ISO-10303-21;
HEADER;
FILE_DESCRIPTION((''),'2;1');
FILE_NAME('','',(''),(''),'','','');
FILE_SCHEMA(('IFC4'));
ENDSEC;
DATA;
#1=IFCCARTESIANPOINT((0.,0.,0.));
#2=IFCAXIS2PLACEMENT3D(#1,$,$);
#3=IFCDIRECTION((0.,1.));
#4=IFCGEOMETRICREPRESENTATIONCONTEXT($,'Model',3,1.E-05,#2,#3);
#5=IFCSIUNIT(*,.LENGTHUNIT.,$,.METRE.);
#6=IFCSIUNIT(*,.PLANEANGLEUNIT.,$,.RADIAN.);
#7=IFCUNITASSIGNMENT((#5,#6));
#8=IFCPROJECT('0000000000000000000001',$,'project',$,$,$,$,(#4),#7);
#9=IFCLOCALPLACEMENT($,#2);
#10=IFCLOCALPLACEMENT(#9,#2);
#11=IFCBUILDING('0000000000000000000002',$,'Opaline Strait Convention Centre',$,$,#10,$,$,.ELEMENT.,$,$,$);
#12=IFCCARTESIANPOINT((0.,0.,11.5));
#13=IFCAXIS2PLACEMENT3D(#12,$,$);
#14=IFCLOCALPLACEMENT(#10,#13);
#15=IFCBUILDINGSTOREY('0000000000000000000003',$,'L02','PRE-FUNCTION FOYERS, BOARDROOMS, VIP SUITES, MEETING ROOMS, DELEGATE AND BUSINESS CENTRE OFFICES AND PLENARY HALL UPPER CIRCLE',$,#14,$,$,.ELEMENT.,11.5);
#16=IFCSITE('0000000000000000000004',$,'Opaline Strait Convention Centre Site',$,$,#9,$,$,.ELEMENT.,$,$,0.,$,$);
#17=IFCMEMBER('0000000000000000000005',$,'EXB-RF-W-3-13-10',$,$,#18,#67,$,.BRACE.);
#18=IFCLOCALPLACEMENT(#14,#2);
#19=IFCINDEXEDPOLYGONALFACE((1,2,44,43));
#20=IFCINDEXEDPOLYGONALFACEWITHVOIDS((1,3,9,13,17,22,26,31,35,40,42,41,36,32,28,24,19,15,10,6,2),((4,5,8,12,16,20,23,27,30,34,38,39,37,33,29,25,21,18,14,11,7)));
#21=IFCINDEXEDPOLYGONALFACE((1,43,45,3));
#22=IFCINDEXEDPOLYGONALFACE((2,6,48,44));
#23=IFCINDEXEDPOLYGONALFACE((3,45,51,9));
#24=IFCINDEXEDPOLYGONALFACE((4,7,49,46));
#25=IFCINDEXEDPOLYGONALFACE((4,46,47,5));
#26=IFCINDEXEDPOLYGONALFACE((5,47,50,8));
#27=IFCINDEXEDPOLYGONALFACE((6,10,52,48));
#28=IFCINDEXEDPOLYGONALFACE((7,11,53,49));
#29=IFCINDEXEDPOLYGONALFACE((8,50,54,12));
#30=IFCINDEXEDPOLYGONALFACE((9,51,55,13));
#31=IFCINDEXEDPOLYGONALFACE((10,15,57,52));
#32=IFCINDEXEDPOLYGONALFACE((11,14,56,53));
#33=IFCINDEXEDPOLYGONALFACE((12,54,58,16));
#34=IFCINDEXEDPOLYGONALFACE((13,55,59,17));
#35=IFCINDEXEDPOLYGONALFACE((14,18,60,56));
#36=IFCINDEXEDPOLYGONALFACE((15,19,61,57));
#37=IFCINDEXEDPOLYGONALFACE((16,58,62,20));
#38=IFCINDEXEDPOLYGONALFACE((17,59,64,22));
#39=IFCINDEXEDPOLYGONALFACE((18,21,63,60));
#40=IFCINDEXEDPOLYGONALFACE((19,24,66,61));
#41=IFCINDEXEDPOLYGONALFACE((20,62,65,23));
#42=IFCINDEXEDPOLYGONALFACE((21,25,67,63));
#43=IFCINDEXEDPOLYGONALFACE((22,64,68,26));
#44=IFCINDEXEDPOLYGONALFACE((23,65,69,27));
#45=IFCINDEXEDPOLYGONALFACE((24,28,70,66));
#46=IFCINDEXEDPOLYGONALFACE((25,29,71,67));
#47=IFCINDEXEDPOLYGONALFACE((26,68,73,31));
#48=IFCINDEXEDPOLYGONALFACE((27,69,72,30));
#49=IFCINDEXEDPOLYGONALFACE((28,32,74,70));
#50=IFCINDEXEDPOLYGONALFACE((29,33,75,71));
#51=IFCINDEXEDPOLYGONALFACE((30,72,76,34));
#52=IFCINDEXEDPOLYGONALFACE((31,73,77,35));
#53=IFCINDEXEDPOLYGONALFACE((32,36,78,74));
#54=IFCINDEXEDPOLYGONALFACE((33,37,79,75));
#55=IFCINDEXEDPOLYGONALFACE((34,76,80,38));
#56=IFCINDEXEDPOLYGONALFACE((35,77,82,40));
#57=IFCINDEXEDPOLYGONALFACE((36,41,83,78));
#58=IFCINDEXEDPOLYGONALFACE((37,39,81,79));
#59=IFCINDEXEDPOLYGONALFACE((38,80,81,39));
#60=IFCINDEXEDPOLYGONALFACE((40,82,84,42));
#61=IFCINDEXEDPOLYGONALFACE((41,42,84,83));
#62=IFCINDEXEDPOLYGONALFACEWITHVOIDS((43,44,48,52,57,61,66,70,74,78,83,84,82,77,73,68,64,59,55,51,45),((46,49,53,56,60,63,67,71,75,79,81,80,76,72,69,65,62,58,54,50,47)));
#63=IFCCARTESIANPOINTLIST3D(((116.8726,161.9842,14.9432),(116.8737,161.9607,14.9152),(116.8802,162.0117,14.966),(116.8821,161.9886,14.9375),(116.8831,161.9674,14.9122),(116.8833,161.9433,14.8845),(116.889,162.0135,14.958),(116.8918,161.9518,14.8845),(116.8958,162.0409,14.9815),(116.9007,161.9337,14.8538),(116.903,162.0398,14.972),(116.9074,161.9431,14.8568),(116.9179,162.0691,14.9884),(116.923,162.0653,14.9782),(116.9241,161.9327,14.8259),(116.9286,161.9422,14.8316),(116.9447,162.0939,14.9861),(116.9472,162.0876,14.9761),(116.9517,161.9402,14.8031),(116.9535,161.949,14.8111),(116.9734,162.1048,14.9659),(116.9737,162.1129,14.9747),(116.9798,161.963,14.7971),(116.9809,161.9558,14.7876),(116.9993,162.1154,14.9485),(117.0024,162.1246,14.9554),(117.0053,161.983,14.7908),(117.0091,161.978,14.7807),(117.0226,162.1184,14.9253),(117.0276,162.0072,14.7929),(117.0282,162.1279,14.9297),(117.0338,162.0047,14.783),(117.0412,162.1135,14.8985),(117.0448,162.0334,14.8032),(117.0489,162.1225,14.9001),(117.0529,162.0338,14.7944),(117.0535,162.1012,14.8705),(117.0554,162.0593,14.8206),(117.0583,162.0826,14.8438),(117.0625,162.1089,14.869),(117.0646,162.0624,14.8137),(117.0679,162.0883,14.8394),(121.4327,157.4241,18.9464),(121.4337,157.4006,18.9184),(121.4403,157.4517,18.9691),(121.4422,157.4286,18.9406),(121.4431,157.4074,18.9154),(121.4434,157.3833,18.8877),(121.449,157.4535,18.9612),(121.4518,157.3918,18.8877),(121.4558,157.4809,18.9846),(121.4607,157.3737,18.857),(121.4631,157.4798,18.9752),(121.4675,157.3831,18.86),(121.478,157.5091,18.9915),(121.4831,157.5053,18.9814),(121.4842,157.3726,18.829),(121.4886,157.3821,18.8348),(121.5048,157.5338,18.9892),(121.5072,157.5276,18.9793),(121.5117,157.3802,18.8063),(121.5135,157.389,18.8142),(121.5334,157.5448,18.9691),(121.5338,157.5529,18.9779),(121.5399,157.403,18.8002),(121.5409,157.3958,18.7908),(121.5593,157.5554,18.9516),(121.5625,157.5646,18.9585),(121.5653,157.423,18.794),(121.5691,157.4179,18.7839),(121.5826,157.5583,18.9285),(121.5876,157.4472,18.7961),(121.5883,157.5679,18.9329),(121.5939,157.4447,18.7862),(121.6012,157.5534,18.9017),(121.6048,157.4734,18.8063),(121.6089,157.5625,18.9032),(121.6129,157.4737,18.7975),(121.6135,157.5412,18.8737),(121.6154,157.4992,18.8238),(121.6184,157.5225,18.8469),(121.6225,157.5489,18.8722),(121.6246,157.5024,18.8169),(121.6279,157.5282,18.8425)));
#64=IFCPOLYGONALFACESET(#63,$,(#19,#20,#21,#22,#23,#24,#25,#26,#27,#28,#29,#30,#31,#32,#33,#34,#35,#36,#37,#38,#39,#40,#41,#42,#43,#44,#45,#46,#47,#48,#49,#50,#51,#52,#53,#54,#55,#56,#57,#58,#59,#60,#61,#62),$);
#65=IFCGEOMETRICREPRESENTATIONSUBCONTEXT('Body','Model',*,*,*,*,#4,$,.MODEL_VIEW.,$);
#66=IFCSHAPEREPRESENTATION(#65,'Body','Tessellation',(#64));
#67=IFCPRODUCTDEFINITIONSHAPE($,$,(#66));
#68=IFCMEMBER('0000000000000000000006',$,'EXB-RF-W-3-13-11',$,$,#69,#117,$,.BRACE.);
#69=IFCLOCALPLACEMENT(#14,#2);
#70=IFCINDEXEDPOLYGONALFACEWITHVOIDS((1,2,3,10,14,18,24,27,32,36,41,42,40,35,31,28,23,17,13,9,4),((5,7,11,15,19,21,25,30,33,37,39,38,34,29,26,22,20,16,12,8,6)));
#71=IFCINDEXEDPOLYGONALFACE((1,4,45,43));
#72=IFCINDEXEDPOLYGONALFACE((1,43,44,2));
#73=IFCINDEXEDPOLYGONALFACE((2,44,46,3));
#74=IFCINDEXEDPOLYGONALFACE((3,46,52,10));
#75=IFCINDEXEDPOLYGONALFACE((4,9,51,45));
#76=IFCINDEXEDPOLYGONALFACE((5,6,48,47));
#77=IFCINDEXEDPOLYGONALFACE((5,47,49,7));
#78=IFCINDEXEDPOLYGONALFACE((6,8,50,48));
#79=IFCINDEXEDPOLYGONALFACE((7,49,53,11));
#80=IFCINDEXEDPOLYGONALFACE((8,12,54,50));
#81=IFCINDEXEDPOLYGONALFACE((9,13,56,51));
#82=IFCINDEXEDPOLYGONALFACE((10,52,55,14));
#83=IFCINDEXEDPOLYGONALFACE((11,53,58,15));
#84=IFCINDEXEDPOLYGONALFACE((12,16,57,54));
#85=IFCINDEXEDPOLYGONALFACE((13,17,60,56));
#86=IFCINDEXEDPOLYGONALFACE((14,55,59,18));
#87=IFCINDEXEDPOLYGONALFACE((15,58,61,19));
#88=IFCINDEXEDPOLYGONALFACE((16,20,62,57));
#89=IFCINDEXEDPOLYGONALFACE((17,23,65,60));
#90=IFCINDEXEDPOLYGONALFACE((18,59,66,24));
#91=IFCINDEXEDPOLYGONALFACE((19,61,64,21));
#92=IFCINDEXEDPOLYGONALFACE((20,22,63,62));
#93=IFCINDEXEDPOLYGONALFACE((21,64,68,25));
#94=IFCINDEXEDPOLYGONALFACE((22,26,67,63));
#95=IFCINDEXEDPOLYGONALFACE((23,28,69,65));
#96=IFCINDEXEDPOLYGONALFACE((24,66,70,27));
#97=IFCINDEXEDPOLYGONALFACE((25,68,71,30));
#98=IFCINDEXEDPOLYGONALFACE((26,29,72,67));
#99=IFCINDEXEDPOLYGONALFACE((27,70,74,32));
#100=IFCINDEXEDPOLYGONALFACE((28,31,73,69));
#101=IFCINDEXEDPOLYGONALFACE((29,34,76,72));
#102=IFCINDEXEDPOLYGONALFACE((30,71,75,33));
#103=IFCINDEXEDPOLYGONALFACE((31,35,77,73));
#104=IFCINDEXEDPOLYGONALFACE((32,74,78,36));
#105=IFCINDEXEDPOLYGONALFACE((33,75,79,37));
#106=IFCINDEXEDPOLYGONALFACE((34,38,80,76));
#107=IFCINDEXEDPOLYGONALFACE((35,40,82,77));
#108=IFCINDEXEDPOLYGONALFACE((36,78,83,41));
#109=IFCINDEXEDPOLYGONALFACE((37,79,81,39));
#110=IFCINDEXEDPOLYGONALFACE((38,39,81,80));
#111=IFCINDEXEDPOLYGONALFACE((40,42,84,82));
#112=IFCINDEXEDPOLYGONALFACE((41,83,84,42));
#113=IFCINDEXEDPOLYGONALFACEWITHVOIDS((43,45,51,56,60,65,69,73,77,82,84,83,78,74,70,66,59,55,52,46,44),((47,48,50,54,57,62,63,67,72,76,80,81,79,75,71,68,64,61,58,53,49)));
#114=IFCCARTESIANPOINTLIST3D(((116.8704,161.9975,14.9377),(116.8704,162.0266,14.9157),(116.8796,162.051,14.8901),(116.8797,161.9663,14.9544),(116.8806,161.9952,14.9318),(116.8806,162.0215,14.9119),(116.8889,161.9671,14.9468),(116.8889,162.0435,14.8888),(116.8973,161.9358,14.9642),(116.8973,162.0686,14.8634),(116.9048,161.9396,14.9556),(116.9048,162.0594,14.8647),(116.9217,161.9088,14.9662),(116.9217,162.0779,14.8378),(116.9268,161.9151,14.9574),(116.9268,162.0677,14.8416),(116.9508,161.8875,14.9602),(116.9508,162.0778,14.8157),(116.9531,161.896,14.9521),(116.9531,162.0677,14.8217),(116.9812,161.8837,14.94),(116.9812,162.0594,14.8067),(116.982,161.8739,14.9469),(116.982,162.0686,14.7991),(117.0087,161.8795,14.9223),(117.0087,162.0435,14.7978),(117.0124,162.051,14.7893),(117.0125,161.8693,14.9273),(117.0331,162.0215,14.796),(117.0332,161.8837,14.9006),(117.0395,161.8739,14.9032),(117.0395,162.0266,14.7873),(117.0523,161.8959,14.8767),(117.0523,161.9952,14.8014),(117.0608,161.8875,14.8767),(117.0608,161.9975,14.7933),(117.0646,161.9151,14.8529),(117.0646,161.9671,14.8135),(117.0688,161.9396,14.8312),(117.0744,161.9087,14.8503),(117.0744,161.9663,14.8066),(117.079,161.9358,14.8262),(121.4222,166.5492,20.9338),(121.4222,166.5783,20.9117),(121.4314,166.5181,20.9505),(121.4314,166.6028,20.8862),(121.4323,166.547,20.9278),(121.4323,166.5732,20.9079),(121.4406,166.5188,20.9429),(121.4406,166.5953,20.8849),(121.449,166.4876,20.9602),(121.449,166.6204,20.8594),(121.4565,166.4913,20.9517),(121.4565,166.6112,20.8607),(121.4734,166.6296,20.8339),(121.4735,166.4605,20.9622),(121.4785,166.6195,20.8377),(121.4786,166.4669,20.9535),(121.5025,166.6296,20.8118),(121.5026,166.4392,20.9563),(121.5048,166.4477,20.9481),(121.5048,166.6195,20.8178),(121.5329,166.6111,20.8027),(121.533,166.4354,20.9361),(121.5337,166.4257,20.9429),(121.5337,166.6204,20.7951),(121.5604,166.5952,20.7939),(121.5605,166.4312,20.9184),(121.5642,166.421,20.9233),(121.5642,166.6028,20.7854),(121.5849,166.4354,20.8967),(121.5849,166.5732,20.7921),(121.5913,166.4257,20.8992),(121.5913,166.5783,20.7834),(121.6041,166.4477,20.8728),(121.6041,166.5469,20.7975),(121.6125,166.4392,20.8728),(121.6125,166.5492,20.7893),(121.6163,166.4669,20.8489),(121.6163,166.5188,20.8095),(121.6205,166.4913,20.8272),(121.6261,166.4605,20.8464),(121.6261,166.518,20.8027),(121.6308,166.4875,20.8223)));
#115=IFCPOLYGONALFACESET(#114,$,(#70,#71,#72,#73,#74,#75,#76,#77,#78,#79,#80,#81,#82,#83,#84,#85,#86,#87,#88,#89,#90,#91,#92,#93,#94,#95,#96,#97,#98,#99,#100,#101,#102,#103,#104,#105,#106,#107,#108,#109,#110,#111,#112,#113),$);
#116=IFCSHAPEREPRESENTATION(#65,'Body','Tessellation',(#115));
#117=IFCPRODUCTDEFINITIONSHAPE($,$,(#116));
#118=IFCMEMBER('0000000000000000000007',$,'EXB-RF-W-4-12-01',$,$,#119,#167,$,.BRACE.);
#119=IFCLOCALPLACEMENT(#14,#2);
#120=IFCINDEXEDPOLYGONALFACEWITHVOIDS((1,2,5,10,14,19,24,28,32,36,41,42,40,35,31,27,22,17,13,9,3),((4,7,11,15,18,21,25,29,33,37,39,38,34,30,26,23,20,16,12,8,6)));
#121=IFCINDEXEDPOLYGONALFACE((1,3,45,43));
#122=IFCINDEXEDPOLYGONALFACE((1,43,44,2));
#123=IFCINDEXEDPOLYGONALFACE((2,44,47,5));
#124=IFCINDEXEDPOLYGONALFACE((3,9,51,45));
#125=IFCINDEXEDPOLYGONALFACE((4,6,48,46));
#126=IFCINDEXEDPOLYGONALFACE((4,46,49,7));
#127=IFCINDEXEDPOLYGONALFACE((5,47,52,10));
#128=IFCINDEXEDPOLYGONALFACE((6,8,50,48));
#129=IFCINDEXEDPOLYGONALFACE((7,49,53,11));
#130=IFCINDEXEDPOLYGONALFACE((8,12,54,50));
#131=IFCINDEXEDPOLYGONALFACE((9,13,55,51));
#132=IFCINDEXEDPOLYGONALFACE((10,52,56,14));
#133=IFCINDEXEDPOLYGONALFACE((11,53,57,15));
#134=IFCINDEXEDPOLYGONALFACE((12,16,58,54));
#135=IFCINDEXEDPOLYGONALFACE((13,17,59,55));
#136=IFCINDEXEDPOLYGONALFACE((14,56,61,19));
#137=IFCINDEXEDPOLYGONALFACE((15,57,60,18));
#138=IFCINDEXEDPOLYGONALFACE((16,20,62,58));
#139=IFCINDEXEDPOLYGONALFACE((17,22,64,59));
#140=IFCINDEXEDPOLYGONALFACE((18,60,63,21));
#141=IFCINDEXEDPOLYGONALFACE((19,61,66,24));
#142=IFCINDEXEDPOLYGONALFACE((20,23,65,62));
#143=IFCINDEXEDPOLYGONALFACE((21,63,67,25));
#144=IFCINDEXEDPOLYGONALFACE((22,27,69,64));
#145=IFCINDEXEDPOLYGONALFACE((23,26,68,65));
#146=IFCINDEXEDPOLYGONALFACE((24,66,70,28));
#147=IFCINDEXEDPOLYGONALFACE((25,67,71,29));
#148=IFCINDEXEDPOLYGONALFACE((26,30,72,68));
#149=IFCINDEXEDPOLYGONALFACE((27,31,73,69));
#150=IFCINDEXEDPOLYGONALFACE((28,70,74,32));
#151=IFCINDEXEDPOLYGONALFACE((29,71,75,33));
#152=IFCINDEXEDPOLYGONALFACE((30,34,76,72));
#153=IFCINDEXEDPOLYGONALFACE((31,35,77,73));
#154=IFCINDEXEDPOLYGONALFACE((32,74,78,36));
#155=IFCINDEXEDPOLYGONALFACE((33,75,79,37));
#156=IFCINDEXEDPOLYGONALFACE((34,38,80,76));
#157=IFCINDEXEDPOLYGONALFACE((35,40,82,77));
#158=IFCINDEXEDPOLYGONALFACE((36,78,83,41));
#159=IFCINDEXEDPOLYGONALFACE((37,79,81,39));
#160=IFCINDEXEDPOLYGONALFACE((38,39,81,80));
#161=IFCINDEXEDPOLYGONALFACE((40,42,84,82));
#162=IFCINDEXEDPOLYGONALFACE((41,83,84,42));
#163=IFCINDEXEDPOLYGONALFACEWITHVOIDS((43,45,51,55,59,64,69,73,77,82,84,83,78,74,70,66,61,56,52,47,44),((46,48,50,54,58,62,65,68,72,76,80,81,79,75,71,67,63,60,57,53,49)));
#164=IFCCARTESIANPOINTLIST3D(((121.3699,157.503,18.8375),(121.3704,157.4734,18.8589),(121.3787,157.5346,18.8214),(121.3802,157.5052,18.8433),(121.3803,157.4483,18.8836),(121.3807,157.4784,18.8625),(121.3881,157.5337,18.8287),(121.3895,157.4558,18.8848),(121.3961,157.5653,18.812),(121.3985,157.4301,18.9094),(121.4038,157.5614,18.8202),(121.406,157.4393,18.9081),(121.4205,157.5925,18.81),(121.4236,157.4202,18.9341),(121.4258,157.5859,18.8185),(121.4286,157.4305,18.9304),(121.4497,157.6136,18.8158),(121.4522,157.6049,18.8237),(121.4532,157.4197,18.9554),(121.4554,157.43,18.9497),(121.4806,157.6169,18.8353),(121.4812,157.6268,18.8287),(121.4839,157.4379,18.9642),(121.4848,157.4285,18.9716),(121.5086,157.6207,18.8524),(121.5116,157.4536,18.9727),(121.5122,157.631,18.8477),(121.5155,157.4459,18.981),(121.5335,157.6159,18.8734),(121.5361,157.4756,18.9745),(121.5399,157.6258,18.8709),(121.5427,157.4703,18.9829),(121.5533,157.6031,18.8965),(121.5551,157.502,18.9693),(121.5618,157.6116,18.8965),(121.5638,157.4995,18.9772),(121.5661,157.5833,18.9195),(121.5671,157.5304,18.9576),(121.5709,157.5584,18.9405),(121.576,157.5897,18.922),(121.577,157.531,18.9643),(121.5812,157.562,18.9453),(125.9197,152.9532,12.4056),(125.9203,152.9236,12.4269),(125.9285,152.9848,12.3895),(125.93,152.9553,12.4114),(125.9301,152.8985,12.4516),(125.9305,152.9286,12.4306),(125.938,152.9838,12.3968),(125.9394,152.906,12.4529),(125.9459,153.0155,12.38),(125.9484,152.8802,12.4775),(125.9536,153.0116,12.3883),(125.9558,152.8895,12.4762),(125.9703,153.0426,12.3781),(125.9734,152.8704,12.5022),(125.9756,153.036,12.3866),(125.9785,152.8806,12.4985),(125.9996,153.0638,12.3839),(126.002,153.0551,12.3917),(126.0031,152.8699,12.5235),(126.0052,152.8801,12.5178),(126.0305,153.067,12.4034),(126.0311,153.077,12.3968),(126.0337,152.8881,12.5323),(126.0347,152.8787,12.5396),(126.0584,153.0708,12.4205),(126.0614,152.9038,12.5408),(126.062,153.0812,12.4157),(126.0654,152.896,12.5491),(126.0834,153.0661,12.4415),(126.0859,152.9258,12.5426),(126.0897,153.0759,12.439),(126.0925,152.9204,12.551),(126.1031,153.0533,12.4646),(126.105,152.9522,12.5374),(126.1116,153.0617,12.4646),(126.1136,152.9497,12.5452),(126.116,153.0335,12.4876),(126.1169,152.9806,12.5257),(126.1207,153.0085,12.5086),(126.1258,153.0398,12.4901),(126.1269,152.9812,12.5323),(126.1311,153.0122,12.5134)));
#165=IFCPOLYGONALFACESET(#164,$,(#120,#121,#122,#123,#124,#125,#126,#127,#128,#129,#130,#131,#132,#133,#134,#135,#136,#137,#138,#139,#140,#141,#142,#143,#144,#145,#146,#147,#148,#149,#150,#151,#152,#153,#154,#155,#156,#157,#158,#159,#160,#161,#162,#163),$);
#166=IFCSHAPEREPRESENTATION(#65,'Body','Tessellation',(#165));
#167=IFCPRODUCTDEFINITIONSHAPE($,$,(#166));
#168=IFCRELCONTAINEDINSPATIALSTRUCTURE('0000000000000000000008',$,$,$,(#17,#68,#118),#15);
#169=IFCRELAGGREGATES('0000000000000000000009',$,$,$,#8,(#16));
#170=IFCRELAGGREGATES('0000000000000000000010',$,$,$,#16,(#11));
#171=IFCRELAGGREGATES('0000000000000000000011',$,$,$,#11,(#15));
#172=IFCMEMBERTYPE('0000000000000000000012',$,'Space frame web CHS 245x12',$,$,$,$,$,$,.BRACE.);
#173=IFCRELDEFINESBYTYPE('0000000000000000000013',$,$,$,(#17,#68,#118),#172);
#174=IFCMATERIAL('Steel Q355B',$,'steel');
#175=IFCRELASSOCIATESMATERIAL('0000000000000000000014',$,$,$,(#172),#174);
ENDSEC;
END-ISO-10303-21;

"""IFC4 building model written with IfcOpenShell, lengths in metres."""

from ifc_helpers import new_model, si_unit, direction, frame, origin, origin_2d, place, context, subcontext, project, spatial, hollow_circle, extrude, material, material_profile, profile_set, type_object, element, save


model = new_model("IFC4")

# Units and contexts
model_context = context("Model", 3, precision=1e-05, world=origin(), true_north=direction((0.0, 1.0)))
body_context = subcontext(model_context, "Body", "Model", "MODEL_VIEW")
ifc_project = project(units=[si_unit("LENGTHUNIT", "METRE"), si_unit("PLANEANGLEUNIT", "RADIAN")], contexts=[model_context])

# Site, building, storey
site_placement = place(None, origin())
site = spatial("IfcSite", under=ifc_project, at=site_placement, Name="Opaline Strait Convention Centre Site", CompositionType="ELEMENT", RefElevation=0.0)
building_placement = place(site_placement, origin())
building = spatial("IfcBuilding", under=site, at=building_placement, Name="Opaline Strait Convention Centre", CompositionType="ELEMENT")
storey_placement = place(building_placement, frame((0.0, 0.0, 11.5)))
storey = spatial("IfcBuildingStorey", under=building, at=storey_placement, Name="L02", Description="PRE-FUNCTION FOYERS, BOARDROOMS, VIP SUITES, MEETING ROOMS, DELEGATE AND BUSINESS CENTRE OFFICES AND PLENARY HALL UPPER CIRCLE", CompositionType="ELEMENT", Elevation=11.5)

# Members
ifc_material_1 = material(Name="Steel Q355B", Category="steel")
ifc_material_profile_1 = material_profile(ifc_material_1, hollow_circle(Radius=0.1226, WallThickness=0.012, at=origin_2d()), Name="CHS 245x12")
ifc_profile_set_1 = profile_set([ifc_material_profile_1], Name="Steel Q355B")
member_type_1 = type_object("IfcMemberType", Name="Space frame web CHS 245x12", PredefinedType="BRACE", material=ifc_profile_set_1)
member_1_placement = place(storey_placement, frame((121.53, 157.47, 18.8877), z_axis=(-0.600769, 0.600769, -0.527402), x_axis=(-0.707107, -0.707107, 0.0)))
element("IfcMember", 1, at=member_1_placement, inside=storey, type_object=member_type_1, Name="EXB-RF-W-3-13-10", PredefinedType="BRACE", context=body_context, shape_type="SweptSolid", body=[
    extrude(hollow_circle(Radius=0.1226, WallThickness=0.012, at=origin_2d()), origin(), (0.0, 0.0, 1.0), 7.5903),
])
member_2_placement = place(storey_placement, frame((121.5259, 166.5259, 20.8728), z_axis=(-0.517412, -0.517412, -0.681594), x_axis=(0.707107, -0.707107, 0.0)))
element("IfcMember", 2, at=member_2_placement, inside=storey, type_object=member_type_1, Name="EXB-RF-W-3-13-11", PredefinedType="BRACE", context=body_context, shape_type="SweptSolid", body=[
    extrude(hollow_circle(Radius=0.1226, WallThickness=0.012, at=origin_2d()), origin(), (0.0, 0.0, 1.0), 8.7971),
])
member_3_placement = place(storey_placement, frame((121.4751, 157.5249, 18.8965), z_axis=(0.500098, -0.500098, -0.706969), x_axis=(0.707107, 0.707107, 0.0)))
element("IfcMember", 3, at=member_3_placement, inside=storey, type_object=member_type_1, Name="EXB-RF-W-4-12-01", PredefinedType="BRACE", context=body_context, shape_type="SweptSolid", body=[
    extrude(hollow_circle(Radius=0.1226, WallThickness=0.012, at=origin_2d()), origin(), (0.0, 0.0, 1.0), 9.0979),
])

save(model, "model.ifc")
